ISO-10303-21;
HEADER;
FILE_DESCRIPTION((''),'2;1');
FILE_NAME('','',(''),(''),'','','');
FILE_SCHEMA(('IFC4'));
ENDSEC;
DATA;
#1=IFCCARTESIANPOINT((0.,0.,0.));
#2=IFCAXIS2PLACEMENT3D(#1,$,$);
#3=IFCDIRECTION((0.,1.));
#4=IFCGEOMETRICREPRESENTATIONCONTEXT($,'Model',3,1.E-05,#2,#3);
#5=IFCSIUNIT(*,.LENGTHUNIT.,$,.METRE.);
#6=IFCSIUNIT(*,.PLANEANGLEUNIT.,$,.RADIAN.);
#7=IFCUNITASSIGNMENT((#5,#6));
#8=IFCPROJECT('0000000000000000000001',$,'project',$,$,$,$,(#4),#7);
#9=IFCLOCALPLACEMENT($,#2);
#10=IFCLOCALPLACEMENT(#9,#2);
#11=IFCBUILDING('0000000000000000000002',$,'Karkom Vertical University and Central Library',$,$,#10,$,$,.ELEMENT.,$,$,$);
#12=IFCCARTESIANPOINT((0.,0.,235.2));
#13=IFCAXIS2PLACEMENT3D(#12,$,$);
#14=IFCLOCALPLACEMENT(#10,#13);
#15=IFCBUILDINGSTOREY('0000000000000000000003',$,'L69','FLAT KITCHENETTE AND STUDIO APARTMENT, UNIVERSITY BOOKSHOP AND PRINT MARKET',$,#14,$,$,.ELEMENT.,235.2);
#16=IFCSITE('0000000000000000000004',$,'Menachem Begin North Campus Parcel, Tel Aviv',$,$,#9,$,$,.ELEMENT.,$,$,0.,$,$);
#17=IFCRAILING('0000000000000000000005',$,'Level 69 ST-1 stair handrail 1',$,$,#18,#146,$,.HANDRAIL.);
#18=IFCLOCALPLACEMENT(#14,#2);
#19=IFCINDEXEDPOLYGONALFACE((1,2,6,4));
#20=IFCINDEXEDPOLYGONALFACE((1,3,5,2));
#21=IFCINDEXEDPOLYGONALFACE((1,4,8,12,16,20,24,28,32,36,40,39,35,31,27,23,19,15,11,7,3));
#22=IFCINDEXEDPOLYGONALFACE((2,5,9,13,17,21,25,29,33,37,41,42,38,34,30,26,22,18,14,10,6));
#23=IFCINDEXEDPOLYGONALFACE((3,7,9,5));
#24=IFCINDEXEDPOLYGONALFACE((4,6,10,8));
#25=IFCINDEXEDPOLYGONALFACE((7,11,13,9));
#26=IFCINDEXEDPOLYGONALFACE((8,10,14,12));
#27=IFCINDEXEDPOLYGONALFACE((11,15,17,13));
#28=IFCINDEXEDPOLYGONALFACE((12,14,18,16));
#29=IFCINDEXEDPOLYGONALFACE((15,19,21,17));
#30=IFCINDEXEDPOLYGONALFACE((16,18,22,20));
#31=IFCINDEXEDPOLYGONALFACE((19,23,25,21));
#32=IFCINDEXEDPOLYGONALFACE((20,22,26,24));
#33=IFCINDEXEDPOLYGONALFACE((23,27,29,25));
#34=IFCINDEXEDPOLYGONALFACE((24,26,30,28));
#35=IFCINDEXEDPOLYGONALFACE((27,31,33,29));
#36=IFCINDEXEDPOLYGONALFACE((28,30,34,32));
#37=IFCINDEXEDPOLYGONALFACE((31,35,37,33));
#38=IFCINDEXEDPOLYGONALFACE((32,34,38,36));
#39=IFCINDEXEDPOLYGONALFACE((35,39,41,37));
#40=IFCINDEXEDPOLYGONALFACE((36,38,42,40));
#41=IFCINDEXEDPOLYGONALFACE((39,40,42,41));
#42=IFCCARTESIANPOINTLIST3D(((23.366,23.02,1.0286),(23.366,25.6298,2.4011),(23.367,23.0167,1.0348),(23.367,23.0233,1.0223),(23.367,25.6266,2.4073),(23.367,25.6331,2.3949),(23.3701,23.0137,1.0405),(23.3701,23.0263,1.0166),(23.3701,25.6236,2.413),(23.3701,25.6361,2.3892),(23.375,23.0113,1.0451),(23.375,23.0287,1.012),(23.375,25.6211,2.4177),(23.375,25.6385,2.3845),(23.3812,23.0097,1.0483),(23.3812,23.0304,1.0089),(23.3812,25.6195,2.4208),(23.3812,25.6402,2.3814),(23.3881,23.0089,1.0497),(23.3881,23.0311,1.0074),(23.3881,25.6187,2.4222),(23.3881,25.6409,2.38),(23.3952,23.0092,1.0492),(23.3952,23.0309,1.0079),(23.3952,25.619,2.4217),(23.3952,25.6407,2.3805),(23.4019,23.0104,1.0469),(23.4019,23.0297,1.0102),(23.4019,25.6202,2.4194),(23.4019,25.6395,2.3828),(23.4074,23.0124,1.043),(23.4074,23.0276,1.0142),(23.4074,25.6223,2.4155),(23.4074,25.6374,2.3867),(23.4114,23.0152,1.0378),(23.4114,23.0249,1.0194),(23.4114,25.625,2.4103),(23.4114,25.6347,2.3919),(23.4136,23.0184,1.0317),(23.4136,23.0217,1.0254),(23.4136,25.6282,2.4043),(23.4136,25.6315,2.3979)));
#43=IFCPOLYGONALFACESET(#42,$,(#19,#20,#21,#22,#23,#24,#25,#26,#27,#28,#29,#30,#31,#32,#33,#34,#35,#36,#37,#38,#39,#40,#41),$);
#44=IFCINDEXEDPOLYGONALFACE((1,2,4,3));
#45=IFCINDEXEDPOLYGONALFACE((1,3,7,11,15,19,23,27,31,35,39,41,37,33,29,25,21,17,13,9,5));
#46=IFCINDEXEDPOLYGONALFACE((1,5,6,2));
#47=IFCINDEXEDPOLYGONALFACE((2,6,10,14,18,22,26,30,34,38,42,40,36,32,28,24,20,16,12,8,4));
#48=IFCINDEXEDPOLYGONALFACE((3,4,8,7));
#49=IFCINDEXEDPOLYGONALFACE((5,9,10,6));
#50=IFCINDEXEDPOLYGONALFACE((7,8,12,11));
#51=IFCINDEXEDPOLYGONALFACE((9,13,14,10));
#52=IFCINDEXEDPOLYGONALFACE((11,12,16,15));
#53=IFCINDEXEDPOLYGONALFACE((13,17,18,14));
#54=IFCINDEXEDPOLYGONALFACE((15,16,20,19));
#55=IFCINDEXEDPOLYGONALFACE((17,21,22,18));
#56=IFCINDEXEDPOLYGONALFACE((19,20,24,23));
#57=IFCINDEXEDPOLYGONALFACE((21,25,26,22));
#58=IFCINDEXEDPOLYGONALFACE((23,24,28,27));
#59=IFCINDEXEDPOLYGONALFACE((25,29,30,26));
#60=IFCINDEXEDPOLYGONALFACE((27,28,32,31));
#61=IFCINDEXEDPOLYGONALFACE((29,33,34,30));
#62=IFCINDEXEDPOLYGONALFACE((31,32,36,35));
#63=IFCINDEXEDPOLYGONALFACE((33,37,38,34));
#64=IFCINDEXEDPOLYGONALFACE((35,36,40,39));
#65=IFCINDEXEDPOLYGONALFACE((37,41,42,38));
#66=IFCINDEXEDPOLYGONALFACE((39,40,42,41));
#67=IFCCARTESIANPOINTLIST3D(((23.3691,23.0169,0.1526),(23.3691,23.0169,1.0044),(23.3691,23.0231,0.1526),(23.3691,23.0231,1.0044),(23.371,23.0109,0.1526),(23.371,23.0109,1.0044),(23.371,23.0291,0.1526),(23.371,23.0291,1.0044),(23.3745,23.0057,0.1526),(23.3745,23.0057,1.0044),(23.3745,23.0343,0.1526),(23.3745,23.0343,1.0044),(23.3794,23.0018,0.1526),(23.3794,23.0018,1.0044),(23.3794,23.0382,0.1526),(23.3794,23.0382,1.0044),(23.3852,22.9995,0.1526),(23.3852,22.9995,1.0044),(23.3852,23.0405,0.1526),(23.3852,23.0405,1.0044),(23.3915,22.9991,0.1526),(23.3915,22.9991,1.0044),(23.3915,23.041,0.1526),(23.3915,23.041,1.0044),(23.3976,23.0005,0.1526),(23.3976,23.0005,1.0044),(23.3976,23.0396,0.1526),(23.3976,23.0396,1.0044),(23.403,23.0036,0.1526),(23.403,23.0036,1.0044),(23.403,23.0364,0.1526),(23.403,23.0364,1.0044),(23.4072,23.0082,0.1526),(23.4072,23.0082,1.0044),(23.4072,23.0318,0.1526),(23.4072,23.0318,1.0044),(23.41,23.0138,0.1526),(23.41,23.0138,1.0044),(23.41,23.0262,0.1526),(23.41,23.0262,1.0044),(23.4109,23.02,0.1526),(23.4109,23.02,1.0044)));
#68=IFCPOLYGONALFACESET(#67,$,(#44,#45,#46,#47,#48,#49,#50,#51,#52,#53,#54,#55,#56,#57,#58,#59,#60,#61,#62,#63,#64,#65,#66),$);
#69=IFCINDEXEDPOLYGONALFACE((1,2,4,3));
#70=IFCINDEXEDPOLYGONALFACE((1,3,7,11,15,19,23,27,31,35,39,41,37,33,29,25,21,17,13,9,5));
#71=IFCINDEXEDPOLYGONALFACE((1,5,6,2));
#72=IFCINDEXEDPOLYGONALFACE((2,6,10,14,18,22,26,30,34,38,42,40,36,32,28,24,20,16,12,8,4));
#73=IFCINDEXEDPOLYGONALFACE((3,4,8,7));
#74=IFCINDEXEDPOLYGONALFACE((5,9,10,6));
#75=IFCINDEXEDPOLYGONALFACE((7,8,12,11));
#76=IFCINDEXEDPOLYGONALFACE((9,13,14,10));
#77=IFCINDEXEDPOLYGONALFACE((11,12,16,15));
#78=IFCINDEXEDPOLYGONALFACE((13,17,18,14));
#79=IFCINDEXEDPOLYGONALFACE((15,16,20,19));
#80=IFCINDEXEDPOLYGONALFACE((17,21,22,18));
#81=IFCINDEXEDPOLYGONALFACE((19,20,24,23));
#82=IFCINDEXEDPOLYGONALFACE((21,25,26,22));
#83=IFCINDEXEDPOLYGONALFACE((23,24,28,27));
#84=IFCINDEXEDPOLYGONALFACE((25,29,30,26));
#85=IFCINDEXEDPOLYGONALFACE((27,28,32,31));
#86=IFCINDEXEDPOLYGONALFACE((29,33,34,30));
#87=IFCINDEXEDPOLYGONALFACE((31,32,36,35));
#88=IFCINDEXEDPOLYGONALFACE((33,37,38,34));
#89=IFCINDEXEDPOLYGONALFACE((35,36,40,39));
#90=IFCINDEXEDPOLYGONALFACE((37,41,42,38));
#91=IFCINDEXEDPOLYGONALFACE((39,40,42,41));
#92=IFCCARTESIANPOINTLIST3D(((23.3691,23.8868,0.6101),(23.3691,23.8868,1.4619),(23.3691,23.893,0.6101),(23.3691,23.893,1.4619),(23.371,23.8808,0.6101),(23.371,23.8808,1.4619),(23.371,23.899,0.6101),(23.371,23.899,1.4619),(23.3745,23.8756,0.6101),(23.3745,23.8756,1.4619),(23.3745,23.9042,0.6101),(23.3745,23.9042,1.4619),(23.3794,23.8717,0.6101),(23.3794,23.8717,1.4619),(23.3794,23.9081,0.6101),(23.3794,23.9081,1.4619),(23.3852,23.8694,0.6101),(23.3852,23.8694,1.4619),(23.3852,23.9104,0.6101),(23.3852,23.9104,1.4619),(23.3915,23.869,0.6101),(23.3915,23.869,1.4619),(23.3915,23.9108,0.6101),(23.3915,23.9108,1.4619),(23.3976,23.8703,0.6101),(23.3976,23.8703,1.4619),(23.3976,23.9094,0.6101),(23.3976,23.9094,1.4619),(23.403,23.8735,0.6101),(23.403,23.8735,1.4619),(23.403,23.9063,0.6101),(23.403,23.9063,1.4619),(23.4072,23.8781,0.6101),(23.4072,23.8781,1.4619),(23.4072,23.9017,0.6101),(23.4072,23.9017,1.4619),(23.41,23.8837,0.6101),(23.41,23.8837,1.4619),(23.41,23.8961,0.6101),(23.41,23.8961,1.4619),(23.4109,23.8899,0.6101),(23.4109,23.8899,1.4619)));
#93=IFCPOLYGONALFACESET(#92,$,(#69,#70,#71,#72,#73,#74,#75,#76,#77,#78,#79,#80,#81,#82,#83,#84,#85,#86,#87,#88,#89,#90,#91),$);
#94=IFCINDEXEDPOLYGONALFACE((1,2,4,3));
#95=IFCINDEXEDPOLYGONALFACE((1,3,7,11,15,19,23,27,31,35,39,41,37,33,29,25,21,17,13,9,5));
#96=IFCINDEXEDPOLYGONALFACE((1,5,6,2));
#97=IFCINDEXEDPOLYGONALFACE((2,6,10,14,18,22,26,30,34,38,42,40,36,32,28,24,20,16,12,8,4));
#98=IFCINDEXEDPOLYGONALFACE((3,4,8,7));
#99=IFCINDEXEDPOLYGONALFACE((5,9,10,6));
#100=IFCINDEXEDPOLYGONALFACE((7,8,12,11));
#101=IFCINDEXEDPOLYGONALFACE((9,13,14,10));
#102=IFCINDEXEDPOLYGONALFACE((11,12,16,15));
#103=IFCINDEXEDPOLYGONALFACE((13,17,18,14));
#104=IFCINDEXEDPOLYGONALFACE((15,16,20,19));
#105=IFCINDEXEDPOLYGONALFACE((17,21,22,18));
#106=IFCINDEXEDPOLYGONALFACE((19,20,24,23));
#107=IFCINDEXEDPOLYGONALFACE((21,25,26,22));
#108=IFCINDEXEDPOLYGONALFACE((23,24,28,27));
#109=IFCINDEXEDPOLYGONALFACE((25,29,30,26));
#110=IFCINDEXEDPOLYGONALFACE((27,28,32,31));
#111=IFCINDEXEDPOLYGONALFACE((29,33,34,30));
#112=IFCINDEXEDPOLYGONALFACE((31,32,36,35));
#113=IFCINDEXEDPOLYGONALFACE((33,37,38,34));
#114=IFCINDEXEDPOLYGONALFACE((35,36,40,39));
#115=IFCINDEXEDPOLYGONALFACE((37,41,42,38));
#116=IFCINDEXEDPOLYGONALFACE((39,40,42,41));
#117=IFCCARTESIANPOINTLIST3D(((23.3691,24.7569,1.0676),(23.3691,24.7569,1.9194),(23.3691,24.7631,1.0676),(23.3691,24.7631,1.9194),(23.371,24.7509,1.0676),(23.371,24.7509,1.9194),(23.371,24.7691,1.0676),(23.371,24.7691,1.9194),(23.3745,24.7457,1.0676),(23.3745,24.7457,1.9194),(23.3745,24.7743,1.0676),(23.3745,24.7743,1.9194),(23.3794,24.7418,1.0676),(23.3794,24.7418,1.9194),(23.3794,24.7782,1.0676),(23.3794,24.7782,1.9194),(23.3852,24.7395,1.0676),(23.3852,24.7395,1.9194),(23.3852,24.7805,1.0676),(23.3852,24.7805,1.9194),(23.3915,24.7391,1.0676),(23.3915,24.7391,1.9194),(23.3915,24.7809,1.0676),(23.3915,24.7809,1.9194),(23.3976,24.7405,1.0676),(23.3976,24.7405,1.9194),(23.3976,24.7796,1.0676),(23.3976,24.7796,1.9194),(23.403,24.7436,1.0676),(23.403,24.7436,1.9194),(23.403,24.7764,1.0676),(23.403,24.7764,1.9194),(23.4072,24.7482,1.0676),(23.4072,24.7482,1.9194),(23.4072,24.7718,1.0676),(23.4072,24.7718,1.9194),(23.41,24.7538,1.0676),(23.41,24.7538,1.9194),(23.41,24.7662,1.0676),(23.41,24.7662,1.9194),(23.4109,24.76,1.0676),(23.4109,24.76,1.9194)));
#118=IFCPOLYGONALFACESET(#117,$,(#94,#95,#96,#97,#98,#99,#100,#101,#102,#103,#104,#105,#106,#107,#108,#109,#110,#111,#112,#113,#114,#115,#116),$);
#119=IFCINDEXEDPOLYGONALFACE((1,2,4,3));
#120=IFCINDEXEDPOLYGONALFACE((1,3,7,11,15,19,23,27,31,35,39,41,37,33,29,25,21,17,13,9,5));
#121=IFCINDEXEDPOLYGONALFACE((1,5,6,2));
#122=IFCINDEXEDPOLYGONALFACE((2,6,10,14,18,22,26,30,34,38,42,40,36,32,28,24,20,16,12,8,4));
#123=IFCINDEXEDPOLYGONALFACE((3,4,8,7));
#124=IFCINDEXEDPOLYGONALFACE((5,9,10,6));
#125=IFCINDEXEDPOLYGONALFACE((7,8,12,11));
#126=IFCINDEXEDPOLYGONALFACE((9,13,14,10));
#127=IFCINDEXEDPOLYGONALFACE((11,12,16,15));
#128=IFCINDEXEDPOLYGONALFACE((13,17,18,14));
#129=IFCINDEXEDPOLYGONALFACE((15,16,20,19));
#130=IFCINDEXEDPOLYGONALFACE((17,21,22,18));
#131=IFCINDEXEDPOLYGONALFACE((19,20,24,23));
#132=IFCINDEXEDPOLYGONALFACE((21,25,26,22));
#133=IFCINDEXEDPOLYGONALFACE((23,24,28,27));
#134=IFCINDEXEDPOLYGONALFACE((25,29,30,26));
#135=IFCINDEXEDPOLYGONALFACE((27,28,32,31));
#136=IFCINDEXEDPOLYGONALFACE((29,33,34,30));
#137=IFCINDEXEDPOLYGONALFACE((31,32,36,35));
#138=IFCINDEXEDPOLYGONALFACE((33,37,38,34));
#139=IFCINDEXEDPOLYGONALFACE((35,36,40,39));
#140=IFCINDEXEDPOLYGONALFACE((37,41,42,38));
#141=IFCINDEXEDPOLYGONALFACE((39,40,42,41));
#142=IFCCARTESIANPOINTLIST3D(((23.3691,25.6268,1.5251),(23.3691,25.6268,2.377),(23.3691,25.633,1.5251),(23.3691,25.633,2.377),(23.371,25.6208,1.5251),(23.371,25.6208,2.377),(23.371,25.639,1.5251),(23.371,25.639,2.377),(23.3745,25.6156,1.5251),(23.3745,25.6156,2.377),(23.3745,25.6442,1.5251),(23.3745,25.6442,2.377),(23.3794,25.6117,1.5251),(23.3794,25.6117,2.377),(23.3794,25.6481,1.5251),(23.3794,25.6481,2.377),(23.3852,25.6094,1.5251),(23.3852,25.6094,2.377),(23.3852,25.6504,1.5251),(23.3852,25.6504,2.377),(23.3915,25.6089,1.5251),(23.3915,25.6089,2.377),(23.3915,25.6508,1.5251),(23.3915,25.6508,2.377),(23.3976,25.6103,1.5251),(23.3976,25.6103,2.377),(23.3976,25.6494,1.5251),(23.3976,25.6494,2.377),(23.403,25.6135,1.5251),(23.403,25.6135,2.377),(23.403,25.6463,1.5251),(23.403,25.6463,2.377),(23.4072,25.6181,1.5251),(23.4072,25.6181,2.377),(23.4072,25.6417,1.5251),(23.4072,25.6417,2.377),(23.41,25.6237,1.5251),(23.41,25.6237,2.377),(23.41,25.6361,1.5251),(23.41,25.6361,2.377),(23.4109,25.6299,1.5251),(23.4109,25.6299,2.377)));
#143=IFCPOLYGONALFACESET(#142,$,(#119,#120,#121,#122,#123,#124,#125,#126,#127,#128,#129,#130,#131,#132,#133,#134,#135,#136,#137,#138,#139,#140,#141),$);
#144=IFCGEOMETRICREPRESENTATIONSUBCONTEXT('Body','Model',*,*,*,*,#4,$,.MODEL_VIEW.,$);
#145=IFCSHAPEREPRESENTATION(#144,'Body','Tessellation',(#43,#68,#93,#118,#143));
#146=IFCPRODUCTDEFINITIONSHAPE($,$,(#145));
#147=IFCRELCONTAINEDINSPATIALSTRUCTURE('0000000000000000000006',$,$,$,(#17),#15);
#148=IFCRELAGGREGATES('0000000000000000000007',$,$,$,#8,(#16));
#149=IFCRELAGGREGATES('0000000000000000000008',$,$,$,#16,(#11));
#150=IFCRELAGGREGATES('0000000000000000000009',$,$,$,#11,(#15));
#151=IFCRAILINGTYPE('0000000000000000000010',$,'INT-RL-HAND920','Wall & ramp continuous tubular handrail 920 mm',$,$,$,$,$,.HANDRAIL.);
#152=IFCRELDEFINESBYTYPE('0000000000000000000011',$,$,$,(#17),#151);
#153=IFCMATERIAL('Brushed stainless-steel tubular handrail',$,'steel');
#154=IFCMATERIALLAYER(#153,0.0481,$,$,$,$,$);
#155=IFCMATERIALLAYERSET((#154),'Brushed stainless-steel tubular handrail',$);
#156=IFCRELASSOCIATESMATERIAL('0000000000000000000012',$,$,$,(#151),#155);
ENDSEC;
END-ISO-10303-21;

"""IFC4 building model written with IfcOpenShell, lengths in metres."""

from ifc_helpers import new_model, si_unit, direction, frame, origin, origin_2d, place, context, subcontext, project, spatial, circle, extrude, material, layer, layer_set, type_object, element, save


model = new_model("IFC4")

# Units and contexts
model_context = context("Model", 3, precision=1e-05, world=origin(), true_north=direction((0.0, 1.0)))
body_context = subcontext(model_context, "Body", "Model", "MODEL_VIEW")
ifc_project = project(units=[si_unit("LENGTHUNIT", "METRE"), si_unit("PLANEANGLEUNIT", "RADIAN")], contexts=[model_context])

# Site, building, storey
site_placement = place(None, origin())
site = spatial("IfcSite", under=ifc_project, at=site_placement, Name="Menachem Begin North Campus Parcel, Tel Aviv", CompositionType="ELEMENT", RefElevation=0.0)
building_placement = place(site_placement, origin())
building = spatial("IfcBuilding", under=site, at=building_placement, Name="Karkom Vertical University and Central Library", CompositionType="ELEMENT")
storey_placement = place(building_placement, frame((0.0, 0.0, 235.2)))
storey = spatial("IfcBuildingStorey", under=building, at=storey_placement, Name="L69", Description="FLAT KITCHENETTE AND STUDIO APARTMENT, UNIVERSITY BOOKSHOP AND PRINT MARKET", CompositionType="ELEMENT", Elevation=235.2)

# Railing
ifc_material_1 = material(Name="Brushed stainless-steel tubular handrail", Category="steel")
ifc_layer_1 = layer(ifc_material_1, 0.0481)
ifc_layer_set_1 = layer_set([ifc_layer_1], Name="Brushed stainless-steel tubular handrail")
railing_type_1 = type_object("IfcRailingType", Name="INT-RL-HAND920", Description="Wall & ramp continuous tubular handrail 920 mm", PredefinedType="HANDRAIL", material=ifc_layer_set_1)
railing_1_placement = place(storey_placement, frame((23.3899, 23.02, 0.1526)))
element("IfcRailing", 1, at=railing_1_placement, inside=storey, type_object=railing_type_1, Name="Level 69 ST-1 stair handrail 1", PredefinedType="HANDRAIL", context=body_context, shape_type="SweptSolid", body=[
    extrude(circle(Radius=0.0239, at=origin_2d()), frame((0.0, 0.0, 0.876), z_axis=(0.0, 0.885065, 0.465467), x_axis=(-1.0, 0.0, 0.0)), (0.0, 0.0, 1.0), 2.9487),
    extrude(circle(Radius=0.021, at=origin_2d()), origin(), (0.0, 0.0, 1.0), 0.8518),
    extrude(circle(Radius=0.021, at=origin_2d()), frame((0.0, 0.8699, 0.4575)), (0.0, 0.0, 1.0), 0.8518),
    extrude(circle(Radius=0.021, at=origin_2d()), frame((0.0, 1.74, 0.915)), (0.0, 0.0, 1.0), 0.8518),
    extrude(circle(Radius=0.021, at=origin_2d()), frame((0.0, 2.6099, 1.3726)), (0.0, 0.0, 1.0), 0.8518),
])

save(model, "model.ifc")
